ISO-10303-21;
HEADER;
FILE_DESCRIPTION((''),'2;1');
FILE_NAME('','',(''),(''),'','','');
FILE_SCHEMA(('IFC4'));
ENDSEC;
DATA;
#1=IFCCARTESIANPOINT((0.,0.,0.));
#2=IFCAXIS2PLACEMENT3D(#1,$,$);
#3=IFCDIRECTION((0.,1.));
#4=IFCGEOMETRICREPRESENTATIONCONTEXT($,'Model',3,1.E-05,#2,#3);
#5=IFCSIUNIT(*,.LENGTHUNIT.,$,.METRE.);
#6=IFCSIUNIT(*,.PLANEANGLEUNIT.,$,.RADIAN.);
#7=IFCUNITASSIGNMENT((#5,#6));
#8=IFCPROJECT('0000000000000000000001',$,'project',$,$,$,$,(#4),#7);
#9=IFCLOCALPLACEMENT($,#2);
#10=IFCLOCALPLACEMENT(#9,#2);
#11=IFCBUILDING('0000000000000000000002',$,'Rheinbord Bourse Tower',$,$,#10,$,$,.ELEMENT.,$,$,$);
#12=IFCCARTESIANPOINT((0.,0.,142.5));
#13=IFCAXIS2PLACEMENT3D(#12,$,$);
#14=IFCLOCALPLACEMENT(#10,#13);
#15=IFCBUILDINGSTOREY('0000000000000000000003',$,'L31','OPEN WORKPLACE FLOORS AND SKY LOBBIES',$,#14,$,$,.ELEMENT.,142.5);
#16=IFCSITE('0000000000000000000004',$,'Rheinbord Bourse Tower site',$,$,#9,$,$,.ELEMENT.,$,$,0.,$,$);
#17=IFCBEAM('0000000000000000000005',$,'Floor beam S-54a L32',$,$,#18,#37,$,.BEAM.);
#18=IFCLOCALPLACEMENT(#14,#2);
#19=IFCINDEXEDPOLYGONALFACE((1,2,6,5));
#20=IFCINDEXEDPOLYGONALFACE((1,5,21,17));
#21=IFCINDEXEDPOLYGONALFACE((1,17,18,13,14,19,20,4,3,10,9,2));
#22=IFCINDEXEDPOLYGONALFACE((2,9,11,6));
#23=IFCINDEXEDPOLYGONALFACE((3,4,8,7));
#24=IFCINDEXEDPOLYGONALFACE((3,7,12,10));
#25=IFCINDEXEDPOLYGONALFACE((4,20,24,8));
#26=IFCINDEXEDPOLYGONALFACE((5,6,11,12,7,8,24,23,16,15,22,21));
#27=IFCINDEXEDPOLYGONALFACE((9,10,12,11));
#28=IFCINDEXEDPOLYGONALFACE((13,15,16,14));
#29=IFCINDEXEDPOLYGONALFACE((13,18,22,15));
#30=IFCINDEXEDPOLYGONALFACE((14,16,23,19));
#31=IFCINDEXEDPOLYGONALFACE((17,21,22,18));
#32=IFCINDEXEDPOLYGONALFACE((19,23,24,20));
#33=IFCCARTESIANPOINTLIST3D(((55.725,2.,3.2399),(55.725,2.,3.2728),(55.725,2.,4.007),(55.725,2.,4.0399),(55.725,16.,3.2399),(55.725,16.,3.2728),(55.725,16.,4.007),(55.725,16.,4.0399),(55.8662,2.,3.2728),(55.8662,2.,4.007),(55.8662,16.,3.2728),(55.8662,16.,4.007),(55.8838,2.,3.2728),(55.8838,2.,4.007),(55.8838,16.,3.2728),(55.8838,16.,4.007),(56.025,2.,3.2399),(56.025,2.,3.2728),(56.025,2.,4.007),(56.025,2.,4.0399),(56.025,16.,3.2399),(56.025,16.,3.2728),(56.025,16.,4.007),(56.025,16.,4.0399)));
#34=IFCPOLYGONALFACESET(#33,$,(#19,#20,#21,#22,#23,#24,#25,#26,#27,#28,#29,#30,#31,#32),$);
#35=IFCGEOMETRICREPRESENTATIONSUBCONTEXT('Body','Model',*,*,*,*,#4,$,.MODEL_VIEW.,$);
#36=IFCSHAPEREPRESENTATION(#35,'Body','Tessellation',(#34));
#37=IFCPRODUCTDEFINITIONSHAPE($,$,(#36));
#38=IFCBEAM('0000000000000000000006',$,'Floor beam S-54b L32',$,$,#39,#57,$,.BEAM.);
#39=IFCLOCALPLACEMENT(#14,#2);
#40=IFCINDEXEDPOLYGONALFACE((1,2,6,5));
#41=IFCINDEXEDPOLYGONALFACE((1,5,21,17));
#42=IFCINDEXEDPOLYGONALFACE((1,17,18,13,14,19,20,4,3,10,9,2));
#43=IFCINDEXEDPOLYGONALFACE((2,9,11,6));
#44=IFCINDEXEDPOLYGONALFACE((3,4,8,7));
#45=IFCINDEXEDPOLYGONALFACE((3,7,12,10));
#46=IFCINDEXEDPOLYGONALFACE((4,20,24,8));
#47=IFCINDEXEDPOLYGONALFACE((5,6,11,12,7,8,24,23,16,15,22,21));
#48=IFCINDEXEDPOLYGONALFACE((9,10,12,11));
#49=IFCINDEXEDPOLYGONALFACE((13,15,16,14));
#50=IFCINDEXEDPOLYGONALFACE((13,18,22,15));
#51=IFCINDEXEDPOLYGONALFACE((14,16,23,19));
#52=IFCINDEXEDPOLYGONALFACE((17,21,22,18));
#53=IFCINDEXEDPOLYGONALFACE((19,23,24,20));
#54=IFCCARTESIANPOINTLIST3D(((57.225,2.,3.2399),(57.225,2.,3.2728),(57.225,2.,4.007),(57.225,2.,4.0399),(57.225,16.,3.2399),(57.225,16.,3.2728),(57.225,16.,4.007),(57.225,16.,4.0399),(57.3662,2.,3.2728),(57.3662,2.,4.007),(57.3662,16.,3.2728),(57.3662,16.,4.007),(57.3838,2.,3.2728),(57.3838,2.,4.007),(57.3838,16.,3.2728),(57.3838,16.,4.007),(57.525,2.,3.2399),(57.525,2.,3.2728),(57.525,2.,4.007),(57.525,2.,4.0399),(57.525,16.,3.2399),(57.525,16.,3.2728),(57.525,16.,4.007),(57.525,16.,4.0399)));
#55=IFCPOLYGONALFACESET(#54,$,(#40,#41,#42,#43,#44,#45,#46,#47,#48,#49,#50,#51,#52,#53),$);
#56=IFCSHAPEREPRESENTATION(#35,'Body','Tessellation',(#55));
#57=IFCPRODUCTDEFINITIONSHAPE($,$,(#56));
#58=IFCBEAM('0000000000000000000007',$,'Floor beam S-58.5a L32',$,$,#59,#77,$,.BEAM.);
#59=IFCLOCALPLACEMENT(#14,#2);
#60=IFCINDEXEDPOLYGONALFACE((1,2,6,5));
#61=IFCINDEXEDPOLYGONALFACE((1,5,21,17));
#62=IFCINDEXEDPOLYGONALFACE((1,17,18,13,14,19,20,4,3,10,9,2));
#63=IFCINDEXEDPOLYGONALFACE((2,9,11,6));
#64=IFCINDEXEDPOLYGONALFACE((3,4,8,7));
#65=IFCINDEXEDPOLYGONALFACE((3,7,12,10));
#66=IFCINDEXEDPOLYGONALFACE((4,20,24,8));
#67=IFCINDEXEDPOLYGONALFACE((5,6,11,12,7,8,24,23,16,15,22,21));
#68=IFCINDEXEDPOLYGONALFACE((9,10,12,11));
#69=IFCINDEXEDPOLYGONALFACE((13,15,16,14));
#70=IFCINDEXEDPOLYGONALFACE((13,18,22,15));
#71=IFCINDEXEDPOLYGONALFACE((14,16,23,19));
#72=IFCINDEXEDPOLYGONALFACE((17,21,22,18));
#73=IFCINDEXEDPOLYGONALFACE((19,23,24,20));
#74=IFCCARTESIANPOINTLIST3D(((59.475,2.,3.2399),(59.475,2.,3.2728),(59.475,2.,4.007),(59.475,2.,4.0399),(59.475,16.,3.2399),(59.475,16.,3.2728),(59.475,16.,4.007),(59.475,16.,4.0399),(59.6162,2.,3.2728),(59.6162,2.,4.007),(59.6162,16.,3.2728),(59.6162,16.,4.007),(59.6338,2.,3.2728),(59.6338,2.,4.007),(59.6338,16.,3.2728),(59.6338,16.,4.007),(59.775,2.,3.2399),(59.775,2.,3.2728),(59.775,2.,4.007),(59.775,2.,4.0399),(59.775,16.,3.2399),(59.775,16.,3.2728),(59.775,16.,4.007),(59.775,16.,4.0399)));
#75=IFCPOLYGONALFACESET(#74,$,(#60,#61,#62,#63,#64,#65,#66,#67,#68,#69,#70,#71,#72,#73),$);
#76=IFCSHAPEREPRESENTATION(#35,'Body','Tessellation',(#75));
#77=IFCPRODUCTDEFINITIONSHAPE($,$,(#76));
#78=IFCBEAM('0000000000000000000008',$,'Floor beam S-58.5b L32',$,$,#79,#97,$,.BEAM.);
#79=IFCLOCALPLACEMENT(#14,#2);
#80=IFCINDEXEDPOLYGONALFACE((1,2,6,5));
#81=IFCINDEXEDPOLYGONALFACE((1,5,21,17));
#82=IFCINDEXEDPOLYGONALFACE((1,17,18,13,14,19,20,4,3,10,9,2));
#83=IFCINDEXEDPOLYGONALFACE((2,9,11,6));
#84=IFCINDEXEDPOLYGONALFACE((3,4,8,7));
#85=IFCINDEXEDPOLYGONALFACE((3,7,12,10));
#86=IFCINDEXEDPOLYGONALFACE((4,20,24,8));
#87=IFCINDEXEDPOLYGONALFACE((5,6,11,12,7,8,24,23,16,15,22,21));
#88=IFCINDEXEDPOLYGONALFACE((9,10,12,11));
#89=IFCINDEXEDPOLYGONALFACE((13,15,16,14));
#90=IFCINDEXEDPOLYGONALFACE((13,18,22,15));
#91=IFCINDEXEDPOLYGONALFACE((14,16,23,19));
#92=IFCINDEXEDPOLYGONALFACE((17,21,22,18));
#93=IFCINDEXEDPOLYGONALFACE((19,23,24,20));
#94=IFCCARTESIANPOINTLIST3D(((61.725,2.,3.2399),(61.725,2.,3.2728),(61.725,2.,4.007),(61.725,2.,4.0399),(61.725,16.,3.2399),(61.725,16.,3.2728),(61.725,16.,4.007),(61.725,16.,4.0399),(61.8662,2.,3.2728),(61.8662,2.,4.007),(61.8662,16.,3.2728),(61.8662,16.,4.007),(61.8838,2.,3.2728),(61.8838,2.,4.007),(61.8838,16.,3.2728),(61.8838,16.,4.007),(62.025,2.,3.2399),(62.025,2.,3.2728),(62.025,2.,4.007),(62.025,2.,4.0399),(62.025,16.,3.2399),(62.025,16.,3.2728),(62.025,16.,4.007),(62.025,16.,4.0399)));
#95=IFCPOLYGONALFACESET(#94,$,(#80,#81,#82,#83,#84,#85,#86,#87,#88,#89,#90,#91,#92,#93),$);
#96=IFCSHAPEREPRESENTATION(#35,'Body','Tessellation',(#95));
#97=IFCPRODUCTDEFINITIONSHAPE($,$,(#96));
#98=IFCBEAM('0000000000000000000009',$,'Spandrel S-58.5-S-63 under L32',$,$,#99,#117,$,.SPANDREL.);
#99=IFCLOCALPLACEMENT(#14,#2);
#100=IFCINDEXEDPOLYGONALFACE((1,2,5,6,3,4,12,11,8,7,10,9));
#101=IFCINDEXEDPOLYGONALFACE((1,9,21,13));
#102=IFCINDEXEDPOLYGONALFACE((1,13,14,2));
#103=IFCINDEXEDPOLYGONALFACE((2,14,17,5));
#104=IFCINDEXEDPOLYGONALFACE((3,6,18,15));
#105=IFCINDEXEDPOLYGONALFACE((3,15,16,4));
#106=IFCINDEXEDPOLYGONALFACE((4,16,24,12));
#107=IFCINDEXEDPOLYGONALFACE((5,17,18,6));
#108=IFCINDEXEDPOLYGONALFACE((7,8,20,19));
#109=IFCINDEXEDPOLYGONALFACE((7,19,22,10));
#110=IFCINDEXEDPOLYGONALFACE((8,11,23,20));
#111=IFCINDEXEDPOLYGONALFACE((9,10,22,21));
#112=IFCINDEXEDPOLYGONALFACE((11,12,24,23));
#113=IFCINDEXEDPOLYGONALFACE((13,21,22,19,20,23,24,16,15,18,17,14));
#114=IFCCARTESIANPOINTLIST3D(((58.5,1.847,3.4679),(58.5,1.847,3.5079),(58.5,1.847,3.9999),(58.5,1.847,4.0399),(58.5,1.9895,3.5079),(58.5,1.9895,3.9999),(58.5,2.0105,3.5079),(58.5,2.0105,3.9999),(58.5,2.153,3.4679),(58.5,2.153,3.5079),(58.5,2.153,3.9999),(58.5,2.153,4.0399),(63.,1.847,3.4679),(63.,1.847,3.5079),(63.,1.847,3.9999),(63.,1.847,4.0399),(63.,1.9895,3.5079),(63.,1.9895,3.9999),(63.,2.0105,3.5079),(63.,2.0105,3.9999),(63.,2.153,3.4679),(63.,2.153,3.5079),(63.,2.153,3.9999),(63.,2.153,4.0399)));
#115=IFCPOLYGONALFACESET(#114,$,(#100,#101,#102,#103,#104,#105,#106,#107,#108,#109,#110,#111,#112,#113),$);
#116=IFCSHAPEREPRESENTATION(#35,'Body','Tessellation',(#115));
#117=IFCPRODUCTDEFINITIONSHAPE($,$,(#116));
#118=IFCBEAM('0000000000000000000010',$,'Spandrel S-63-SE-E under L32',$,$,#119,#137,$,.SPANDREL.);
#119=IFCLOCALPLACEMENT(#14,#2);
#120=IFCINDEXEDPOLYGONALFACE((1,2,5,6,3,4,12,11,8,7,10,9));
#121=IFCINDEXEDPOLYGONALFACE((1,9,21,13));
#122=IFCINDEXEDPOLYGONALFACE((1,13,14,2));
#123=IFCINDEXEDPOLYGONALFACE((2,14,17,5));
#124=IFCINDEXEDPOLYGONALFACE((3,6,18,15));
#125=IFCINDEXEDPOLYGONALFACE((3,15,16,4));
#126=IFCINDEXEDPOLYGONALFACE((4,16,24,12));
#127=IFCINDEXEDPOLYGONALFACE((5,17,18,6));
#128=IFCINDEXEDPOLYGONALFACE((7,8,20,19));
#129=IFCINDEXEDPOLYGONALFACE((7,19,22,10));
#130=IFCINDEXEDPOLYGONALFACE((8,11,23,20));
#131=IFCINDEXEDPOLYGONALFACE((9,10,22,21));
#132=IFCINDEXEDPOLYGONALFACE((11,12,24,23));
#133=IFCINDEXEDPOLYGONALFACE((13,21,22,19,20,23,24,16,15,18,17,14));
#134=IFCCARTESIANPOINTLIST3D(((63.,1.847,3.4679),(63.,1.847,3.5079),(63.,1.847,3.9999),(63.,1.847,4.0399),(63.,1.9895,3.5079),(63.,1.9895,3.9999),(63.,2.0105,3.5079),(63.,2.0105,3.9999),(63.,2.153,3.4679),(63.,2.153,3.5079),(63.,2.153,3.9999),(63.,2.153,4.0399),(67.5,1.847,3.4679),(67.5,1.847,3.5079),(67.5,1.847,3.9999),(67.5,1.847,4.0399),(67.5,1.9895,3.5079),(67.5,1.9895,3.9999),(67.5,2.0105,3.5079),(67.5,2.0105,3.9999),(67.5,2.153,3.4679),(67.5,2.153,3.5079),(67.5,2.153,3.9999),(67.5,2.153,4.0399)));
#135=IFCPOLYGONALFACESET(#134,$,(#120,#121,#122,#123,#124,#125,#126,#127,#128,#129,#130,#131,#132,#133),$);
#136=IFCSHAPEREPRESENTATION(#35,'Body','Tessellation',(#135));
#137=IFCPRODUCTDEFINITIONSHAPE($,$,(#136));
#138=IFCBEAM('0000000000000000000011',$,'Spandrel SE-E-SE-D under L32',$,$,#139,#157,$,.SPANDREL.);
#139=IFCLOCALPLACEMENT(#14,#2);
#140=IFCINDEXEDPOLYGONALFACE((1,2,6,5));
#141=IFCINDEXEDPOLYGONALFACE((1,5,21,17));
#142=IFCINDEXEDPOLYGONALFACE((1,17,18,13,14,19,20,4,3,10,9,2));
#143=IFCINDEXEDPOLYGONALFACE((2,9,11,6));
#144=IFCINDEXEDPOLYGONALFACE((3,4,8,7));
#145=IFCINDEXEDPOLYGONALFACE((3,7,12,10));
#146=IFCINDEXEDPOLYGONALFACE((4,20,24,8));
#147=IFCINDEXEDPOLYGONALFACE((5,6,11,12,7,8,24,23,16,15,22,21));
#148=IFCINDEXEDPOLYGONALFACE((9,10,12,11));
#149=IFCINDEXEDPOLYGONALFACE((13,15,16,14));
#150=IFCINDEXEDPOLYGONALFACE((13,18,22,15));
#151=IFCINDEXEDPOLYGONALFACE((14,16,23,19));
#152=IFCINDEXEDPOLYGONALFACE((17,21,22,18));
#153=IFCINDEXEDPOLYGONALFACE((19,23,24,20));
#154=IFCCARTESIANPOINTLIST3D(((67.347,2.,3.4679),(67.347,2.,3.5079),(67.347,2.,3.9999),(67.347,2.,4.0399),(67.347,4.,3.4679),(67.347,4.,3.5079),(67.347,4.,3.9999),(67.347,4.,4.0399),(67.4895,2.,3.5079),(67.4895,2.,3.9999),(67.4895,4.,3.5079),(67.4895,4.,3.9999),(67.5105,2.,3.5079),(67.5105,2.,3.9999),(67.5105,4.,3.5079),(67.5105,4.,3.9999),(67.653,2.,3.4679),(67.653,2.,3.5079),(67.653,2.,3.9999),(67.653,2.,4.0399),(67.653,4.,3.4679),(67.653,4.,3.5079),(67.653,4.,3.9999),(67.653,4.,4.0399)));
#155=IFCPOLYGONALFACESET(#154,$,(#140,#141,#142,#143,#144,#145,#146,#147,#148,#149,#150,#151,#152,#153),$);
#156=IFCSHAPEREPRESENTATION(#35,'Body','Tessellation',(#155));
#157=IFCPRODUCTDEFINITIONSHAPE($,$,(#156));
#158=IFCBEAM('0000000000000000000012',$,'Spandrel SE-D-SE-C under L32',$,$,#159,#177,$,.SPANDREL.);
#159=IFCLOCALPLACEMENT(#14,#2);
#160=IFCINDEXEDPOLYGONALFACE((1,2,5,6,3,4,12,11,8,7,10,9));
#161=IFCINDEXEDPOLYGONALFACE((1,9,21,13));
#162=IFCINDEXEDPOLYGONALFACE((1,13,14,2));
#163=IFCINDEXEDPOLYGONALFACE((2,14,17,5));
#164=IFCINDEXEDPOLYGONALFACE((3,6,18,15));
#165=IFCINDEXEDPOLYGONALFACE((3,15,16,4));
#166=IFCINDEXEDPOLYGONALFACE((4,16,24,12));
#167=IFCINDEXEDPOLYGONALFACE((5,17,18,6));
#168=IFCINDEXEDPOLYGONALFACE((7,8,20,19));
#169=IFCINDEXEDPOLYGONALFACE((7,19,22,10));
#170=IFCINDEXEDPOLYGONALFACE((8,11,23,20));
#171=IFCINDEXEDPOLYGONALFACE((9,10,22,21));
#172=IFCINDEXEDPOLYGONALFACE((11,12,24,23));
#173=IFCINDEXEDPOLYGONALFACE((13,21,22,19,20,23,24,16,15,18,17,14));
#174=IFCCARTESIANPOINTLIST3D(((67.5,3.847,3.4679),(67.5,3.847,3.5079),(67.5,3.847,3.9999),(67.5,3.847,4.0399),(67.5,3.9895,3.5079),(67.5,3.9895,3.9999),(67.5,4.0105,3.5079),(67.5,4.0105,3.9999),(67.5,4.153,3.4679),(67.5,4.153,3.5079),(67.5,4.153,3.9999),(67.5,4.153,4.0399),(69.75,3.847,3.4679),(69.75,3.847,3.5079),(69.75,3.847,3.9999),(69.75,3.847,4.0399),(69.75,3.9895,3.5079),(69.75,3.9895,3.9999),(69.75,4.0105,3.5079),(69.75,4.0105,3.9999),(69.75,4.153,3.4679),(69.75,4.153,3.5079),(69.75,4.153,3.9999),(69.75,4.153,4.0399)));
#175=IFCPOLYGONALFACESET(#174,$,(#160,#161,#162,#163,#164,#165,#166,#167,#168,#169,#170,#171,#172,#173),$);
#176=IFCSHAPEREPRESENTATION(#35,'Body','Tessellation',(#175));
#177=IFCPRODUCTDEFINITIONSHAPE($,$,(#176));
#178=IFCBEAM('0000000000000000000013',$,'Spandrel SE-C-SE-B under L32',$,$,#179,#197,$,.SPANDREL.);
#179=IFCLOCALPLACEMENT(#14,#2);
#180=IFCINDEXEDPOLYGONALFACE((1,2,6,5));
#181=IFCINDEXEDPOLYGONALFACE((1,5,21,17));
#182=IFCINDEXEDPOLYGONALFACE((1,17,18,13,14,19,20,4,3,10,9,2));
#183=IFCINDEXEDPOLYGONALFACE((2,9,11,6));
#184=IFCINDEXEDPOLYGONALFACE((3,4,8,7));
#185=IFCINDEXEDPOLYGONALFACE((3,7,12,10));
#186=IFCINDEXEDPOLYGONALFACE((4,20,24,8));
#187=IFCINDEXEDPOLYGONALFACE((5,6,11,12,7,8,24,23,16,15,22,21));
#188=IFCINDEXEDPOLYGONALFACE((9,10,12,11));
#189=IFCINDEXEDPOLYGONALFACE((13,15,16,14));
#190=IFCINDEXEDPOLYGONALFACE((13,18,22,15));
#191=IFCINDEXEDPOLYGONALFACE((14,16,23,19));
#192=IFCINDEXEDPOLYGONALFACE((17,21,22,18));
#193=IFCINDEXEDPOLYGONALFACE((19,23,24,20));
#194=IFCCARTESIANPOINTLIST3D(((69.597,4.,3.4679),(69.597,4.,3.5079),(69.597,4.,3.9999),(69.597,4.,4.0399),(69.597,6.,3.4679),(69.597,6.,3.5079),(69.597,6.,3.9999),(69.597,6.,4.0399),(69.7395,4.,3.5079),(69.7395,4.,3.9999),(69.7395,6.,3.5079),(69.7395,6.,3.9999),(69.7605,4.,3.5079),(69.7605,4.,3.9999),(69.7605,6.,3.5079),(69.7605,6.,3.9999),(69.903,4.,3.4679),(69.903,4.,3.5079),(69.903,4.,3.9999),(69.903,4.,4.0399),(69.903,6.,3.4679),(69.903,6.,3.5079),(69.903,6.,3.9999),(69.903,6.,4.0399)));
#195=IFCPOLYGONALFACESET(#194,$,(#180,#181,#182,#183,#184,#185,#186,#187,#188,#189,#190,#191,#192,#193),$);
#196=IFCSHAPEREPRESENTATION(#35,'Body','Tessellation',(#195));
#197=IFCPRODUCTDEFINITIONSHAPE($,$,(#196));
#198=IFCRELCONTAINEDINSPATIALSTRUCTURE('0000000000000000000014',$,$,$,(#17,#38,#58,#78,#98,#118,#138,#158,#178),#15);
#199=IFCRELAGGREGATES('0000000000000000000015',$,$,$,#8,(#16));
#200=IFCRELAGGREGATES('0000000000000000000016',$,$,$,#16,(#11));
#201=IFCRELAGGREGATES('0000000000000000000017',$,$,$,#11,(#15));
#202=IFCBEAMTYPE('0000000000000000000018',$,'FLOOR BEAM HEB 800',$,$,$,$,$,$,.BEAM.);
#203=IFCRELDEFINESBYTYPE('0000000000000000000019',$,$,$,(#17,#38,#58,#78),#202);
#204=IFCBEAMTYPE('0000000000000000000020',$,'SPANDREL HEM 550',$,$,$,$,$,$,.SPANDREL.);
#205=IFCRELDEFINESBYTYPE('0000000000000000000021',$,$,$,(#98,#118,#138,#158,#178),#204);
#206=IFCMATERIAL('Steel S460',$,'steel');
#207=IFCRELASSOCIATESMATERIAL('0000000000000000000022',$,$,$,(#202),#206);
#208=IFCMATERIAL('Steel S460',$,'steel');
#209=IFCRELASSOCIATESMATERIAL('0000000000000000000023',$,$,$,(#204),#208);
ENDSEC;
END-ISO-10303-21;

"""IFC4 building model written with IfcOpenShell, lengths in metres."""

from ifc_helpers import new_model, si_unit, direction, frame, origin, origin_2d, place, context, subcontext, project, spatial, i_section, extrude, material, material_profile, profile_set, type_object, element, save


model = new_model("IFC4")

# Units and contexts
model_context = context("Model", 3, precision=1e-05, world=origin(), true_north=direction((0.0, 1.0)))
body_context = subcontext(model_context, "Body", "Model", "MODEL_VIEW")
ifc_project = project(units=[si_unit("LENGTHUNIT", "METRE"), si_unit("PLANEANGLEUNIT", "RADIAN")], contexts=[model_context])

# Site, building, storey
site_placement = place(None, origin())
site = spatial("IfcSite", under=ifc_project, at=site_placement, Name="Rheinbord Bourse Tower site", CompositionType="ELEMENT", RefElevation=0.0)
building_placement = place(site_placement, origin())
building = spatial("IfcBuilding", under=site, at=building_placement, Name="Rheinbord Bourse Tower", CompositionType="ELEMENT")
storey_placement = place(building_placement, frame((0.0, 0.0, 142.5)))
storey = spatial("IfcBuildingStorey", under=building, at=storey_placement, Name="L31", Description="OPEN WORKPLACE FLOORS AND SKY LOBBIES", CompositionType="ELEMENT", Elevation=142.5)

# Beams
ifc_material_1 = material(Name="Steel S460", Category="steel")
ifc_material_profile_1 = material_profile(ifc_material_1, i_section(OverallWidth=0.3, OverallDepth=0.8, WebThickness=0.0176, FlangeThickness=0.033, at=origin_2d()), Name="HEB 800")
ifc_profile_set_1 = profile_set([ifc_material_profile_1], Name="Steel S460")
beam_type_1 = type_object("IfcBeamType", Name="FLOOR BEAM HEB 800", PredefinedType="BEAM", material=ifc_profile_set_1)
for number, where, z_axis, x_axis, name in (
    (1, (55.875, 2.0, 3.6399), (0.0, 1.0, 0.0), (-1.0, 0.0, 0.0), "Floor beam S-54a L32"),
    (2, (57.375, 2.0, 3.6399), (0.0, 1.0, 0.0), (-1.0, 0.0, 0.0), "Floor beam S-54b L32"),
    (3, (59.625, 2.0, 3.6399), (0.0, 1.0, 0.0), (-1.0, 0.0, 0.0), "Floor beam S-58.5a L32"),
    (4, (61.875, 2.0, 3.6399), (0.0, 1.0, 0.0), (-1.0, 0.0, 0.0), "Floor beam S-58.5b L32"),
):
    element("IfcBeam", number, at=place(storey_placement, frame(where, z_axis=z_axis, x_axis=x_axis)), inside=storey, type_object=beam_type_1, Name=name, PredefinedType="BEAM", context=body_context, shape_type="SweptSolid", body=[
        extrude(i_section(OverallWidth=0.3, OverallDepth=0.8, WebThickness=0.0176, FlangeThickness=0.033, at=origin_2d()), origin(), (0.0, 0.0, 1.0), 14.0),
    ])
ifc_material_2 = material(Name="Steel S460", Category="steel")
ifc_material_profile_2 = material_profile(ifc_material_2, i_section(OverallWidth=0.3059, OverallDepth=0.572, WebThickness=0.021, FlangeThickness=0.04, at=origin_2d()), Name="HEM 550")
ifc_profile_set_2 = profile_set([ifc_material_profile_2], Name="Steel S460")
beam_type_2 = type_object("IfcBeamType", Name="SPANDREL HEM 550", PredefinedType="SPANDREL", material=ifc_profile_set_2)
for number, where, z_axis, x_axis, name in (
    (5, (58.5, 2.0, 3.7539), (1.0, 0.0, 0.0), (0.0, 1.0, 0.0), "Spandrel S-58.5-S-63 under L32"),
    (6, (63.0, 2.0, 3.7539), (1.0, 0.0, 0.0), (0.0, 1.0, 0.0), "Spandrel S-63-SE-E under L32"),
):
    element("IfcBeam", number, at=place(storey_placement, frame(where, z_axis=z_axis, x_axis=x_axis)), inside=storey, type_object=beam_type_2, Name=name, PredefinedType="SPANDREL", context=body_context, shape_type="SweptSolid", body=[
        extrude(i_section(OverallWidth=0.3059, OverallDepth=0.572, WebThickness=0.021, FlangeThickness=0.04, at=origin_2d()), origin(), (0.0, 0.0, 1.0), 4.5),
    ])
beam_1_placement = place(storey_placement, frame((67.5, 2.0, 3.7539), z_axis=(0.0, 1.0, 0.0), x_axis=(-1.0, 0.0, 0.0)))
element("IfcBeam", 7, at=beam_1_placement, inside=storey, type_object=beam_type_2, Name="Spandrel SE-E-SE-D under L32", PredefinedType="SPANDREL", context=body_context, shape_type="SweptSolid", body=[
    extrude(i_section(OverallWidth=0.3059, OverallDepth=0.572, WebThickness=0.021, FlangeThickness=0.04, at=origin_2d()), origin(), (0.0, 0.0, 1.0), 2.0),
])
beam_2_placement = place(storey_placement, frame((67.5, 4.0, 3.7539), z_axis=(1.0, 0.0, 0.0), x_axis=(0.0, 1.0, 0.0)))
element("IfcBeam", 8, at=beam_2_placement, inside=storey, type_object=beam_type_2, Name="Spandrel SE-D-SE-C under L32", PredefinedType="SPANDREL", context=body_context, shape_type="SweptSolid", body=[
    extrude(i_section(OverallWidth=0.3059, OverallDepth=0.572, WebThickness=0.021, FlangeThickness=0.04, at=origin_2d()), origin(), (0.0, 0.0, 1.0), 2.25),
])
beam_3_placement = place(storey_placement, frame((69.75, 4.0, 3.7539), z_axis=(0.0, 1.0, 0.0), x_axis=(-1.0, 0.0, 0.0)))
element("IfcBeam", 9, at=beam_3_placement, inside=storey, type_object=beam_type_2, Name="Spandrel SE-C-SE-B under L32", PredefinedType="SPANDREL", context=body_context, shape_type="SweptSolid", body=[
    extrude(i_section(OverallWidth=0.3059, OverallDepth=0.572, WebThickness=0.021, FlangeThickness=0.04, at=origin_2d()), origin(), (0.0, 0.0, 1.0), 2.0),
])

save(model, "model.ifc")
